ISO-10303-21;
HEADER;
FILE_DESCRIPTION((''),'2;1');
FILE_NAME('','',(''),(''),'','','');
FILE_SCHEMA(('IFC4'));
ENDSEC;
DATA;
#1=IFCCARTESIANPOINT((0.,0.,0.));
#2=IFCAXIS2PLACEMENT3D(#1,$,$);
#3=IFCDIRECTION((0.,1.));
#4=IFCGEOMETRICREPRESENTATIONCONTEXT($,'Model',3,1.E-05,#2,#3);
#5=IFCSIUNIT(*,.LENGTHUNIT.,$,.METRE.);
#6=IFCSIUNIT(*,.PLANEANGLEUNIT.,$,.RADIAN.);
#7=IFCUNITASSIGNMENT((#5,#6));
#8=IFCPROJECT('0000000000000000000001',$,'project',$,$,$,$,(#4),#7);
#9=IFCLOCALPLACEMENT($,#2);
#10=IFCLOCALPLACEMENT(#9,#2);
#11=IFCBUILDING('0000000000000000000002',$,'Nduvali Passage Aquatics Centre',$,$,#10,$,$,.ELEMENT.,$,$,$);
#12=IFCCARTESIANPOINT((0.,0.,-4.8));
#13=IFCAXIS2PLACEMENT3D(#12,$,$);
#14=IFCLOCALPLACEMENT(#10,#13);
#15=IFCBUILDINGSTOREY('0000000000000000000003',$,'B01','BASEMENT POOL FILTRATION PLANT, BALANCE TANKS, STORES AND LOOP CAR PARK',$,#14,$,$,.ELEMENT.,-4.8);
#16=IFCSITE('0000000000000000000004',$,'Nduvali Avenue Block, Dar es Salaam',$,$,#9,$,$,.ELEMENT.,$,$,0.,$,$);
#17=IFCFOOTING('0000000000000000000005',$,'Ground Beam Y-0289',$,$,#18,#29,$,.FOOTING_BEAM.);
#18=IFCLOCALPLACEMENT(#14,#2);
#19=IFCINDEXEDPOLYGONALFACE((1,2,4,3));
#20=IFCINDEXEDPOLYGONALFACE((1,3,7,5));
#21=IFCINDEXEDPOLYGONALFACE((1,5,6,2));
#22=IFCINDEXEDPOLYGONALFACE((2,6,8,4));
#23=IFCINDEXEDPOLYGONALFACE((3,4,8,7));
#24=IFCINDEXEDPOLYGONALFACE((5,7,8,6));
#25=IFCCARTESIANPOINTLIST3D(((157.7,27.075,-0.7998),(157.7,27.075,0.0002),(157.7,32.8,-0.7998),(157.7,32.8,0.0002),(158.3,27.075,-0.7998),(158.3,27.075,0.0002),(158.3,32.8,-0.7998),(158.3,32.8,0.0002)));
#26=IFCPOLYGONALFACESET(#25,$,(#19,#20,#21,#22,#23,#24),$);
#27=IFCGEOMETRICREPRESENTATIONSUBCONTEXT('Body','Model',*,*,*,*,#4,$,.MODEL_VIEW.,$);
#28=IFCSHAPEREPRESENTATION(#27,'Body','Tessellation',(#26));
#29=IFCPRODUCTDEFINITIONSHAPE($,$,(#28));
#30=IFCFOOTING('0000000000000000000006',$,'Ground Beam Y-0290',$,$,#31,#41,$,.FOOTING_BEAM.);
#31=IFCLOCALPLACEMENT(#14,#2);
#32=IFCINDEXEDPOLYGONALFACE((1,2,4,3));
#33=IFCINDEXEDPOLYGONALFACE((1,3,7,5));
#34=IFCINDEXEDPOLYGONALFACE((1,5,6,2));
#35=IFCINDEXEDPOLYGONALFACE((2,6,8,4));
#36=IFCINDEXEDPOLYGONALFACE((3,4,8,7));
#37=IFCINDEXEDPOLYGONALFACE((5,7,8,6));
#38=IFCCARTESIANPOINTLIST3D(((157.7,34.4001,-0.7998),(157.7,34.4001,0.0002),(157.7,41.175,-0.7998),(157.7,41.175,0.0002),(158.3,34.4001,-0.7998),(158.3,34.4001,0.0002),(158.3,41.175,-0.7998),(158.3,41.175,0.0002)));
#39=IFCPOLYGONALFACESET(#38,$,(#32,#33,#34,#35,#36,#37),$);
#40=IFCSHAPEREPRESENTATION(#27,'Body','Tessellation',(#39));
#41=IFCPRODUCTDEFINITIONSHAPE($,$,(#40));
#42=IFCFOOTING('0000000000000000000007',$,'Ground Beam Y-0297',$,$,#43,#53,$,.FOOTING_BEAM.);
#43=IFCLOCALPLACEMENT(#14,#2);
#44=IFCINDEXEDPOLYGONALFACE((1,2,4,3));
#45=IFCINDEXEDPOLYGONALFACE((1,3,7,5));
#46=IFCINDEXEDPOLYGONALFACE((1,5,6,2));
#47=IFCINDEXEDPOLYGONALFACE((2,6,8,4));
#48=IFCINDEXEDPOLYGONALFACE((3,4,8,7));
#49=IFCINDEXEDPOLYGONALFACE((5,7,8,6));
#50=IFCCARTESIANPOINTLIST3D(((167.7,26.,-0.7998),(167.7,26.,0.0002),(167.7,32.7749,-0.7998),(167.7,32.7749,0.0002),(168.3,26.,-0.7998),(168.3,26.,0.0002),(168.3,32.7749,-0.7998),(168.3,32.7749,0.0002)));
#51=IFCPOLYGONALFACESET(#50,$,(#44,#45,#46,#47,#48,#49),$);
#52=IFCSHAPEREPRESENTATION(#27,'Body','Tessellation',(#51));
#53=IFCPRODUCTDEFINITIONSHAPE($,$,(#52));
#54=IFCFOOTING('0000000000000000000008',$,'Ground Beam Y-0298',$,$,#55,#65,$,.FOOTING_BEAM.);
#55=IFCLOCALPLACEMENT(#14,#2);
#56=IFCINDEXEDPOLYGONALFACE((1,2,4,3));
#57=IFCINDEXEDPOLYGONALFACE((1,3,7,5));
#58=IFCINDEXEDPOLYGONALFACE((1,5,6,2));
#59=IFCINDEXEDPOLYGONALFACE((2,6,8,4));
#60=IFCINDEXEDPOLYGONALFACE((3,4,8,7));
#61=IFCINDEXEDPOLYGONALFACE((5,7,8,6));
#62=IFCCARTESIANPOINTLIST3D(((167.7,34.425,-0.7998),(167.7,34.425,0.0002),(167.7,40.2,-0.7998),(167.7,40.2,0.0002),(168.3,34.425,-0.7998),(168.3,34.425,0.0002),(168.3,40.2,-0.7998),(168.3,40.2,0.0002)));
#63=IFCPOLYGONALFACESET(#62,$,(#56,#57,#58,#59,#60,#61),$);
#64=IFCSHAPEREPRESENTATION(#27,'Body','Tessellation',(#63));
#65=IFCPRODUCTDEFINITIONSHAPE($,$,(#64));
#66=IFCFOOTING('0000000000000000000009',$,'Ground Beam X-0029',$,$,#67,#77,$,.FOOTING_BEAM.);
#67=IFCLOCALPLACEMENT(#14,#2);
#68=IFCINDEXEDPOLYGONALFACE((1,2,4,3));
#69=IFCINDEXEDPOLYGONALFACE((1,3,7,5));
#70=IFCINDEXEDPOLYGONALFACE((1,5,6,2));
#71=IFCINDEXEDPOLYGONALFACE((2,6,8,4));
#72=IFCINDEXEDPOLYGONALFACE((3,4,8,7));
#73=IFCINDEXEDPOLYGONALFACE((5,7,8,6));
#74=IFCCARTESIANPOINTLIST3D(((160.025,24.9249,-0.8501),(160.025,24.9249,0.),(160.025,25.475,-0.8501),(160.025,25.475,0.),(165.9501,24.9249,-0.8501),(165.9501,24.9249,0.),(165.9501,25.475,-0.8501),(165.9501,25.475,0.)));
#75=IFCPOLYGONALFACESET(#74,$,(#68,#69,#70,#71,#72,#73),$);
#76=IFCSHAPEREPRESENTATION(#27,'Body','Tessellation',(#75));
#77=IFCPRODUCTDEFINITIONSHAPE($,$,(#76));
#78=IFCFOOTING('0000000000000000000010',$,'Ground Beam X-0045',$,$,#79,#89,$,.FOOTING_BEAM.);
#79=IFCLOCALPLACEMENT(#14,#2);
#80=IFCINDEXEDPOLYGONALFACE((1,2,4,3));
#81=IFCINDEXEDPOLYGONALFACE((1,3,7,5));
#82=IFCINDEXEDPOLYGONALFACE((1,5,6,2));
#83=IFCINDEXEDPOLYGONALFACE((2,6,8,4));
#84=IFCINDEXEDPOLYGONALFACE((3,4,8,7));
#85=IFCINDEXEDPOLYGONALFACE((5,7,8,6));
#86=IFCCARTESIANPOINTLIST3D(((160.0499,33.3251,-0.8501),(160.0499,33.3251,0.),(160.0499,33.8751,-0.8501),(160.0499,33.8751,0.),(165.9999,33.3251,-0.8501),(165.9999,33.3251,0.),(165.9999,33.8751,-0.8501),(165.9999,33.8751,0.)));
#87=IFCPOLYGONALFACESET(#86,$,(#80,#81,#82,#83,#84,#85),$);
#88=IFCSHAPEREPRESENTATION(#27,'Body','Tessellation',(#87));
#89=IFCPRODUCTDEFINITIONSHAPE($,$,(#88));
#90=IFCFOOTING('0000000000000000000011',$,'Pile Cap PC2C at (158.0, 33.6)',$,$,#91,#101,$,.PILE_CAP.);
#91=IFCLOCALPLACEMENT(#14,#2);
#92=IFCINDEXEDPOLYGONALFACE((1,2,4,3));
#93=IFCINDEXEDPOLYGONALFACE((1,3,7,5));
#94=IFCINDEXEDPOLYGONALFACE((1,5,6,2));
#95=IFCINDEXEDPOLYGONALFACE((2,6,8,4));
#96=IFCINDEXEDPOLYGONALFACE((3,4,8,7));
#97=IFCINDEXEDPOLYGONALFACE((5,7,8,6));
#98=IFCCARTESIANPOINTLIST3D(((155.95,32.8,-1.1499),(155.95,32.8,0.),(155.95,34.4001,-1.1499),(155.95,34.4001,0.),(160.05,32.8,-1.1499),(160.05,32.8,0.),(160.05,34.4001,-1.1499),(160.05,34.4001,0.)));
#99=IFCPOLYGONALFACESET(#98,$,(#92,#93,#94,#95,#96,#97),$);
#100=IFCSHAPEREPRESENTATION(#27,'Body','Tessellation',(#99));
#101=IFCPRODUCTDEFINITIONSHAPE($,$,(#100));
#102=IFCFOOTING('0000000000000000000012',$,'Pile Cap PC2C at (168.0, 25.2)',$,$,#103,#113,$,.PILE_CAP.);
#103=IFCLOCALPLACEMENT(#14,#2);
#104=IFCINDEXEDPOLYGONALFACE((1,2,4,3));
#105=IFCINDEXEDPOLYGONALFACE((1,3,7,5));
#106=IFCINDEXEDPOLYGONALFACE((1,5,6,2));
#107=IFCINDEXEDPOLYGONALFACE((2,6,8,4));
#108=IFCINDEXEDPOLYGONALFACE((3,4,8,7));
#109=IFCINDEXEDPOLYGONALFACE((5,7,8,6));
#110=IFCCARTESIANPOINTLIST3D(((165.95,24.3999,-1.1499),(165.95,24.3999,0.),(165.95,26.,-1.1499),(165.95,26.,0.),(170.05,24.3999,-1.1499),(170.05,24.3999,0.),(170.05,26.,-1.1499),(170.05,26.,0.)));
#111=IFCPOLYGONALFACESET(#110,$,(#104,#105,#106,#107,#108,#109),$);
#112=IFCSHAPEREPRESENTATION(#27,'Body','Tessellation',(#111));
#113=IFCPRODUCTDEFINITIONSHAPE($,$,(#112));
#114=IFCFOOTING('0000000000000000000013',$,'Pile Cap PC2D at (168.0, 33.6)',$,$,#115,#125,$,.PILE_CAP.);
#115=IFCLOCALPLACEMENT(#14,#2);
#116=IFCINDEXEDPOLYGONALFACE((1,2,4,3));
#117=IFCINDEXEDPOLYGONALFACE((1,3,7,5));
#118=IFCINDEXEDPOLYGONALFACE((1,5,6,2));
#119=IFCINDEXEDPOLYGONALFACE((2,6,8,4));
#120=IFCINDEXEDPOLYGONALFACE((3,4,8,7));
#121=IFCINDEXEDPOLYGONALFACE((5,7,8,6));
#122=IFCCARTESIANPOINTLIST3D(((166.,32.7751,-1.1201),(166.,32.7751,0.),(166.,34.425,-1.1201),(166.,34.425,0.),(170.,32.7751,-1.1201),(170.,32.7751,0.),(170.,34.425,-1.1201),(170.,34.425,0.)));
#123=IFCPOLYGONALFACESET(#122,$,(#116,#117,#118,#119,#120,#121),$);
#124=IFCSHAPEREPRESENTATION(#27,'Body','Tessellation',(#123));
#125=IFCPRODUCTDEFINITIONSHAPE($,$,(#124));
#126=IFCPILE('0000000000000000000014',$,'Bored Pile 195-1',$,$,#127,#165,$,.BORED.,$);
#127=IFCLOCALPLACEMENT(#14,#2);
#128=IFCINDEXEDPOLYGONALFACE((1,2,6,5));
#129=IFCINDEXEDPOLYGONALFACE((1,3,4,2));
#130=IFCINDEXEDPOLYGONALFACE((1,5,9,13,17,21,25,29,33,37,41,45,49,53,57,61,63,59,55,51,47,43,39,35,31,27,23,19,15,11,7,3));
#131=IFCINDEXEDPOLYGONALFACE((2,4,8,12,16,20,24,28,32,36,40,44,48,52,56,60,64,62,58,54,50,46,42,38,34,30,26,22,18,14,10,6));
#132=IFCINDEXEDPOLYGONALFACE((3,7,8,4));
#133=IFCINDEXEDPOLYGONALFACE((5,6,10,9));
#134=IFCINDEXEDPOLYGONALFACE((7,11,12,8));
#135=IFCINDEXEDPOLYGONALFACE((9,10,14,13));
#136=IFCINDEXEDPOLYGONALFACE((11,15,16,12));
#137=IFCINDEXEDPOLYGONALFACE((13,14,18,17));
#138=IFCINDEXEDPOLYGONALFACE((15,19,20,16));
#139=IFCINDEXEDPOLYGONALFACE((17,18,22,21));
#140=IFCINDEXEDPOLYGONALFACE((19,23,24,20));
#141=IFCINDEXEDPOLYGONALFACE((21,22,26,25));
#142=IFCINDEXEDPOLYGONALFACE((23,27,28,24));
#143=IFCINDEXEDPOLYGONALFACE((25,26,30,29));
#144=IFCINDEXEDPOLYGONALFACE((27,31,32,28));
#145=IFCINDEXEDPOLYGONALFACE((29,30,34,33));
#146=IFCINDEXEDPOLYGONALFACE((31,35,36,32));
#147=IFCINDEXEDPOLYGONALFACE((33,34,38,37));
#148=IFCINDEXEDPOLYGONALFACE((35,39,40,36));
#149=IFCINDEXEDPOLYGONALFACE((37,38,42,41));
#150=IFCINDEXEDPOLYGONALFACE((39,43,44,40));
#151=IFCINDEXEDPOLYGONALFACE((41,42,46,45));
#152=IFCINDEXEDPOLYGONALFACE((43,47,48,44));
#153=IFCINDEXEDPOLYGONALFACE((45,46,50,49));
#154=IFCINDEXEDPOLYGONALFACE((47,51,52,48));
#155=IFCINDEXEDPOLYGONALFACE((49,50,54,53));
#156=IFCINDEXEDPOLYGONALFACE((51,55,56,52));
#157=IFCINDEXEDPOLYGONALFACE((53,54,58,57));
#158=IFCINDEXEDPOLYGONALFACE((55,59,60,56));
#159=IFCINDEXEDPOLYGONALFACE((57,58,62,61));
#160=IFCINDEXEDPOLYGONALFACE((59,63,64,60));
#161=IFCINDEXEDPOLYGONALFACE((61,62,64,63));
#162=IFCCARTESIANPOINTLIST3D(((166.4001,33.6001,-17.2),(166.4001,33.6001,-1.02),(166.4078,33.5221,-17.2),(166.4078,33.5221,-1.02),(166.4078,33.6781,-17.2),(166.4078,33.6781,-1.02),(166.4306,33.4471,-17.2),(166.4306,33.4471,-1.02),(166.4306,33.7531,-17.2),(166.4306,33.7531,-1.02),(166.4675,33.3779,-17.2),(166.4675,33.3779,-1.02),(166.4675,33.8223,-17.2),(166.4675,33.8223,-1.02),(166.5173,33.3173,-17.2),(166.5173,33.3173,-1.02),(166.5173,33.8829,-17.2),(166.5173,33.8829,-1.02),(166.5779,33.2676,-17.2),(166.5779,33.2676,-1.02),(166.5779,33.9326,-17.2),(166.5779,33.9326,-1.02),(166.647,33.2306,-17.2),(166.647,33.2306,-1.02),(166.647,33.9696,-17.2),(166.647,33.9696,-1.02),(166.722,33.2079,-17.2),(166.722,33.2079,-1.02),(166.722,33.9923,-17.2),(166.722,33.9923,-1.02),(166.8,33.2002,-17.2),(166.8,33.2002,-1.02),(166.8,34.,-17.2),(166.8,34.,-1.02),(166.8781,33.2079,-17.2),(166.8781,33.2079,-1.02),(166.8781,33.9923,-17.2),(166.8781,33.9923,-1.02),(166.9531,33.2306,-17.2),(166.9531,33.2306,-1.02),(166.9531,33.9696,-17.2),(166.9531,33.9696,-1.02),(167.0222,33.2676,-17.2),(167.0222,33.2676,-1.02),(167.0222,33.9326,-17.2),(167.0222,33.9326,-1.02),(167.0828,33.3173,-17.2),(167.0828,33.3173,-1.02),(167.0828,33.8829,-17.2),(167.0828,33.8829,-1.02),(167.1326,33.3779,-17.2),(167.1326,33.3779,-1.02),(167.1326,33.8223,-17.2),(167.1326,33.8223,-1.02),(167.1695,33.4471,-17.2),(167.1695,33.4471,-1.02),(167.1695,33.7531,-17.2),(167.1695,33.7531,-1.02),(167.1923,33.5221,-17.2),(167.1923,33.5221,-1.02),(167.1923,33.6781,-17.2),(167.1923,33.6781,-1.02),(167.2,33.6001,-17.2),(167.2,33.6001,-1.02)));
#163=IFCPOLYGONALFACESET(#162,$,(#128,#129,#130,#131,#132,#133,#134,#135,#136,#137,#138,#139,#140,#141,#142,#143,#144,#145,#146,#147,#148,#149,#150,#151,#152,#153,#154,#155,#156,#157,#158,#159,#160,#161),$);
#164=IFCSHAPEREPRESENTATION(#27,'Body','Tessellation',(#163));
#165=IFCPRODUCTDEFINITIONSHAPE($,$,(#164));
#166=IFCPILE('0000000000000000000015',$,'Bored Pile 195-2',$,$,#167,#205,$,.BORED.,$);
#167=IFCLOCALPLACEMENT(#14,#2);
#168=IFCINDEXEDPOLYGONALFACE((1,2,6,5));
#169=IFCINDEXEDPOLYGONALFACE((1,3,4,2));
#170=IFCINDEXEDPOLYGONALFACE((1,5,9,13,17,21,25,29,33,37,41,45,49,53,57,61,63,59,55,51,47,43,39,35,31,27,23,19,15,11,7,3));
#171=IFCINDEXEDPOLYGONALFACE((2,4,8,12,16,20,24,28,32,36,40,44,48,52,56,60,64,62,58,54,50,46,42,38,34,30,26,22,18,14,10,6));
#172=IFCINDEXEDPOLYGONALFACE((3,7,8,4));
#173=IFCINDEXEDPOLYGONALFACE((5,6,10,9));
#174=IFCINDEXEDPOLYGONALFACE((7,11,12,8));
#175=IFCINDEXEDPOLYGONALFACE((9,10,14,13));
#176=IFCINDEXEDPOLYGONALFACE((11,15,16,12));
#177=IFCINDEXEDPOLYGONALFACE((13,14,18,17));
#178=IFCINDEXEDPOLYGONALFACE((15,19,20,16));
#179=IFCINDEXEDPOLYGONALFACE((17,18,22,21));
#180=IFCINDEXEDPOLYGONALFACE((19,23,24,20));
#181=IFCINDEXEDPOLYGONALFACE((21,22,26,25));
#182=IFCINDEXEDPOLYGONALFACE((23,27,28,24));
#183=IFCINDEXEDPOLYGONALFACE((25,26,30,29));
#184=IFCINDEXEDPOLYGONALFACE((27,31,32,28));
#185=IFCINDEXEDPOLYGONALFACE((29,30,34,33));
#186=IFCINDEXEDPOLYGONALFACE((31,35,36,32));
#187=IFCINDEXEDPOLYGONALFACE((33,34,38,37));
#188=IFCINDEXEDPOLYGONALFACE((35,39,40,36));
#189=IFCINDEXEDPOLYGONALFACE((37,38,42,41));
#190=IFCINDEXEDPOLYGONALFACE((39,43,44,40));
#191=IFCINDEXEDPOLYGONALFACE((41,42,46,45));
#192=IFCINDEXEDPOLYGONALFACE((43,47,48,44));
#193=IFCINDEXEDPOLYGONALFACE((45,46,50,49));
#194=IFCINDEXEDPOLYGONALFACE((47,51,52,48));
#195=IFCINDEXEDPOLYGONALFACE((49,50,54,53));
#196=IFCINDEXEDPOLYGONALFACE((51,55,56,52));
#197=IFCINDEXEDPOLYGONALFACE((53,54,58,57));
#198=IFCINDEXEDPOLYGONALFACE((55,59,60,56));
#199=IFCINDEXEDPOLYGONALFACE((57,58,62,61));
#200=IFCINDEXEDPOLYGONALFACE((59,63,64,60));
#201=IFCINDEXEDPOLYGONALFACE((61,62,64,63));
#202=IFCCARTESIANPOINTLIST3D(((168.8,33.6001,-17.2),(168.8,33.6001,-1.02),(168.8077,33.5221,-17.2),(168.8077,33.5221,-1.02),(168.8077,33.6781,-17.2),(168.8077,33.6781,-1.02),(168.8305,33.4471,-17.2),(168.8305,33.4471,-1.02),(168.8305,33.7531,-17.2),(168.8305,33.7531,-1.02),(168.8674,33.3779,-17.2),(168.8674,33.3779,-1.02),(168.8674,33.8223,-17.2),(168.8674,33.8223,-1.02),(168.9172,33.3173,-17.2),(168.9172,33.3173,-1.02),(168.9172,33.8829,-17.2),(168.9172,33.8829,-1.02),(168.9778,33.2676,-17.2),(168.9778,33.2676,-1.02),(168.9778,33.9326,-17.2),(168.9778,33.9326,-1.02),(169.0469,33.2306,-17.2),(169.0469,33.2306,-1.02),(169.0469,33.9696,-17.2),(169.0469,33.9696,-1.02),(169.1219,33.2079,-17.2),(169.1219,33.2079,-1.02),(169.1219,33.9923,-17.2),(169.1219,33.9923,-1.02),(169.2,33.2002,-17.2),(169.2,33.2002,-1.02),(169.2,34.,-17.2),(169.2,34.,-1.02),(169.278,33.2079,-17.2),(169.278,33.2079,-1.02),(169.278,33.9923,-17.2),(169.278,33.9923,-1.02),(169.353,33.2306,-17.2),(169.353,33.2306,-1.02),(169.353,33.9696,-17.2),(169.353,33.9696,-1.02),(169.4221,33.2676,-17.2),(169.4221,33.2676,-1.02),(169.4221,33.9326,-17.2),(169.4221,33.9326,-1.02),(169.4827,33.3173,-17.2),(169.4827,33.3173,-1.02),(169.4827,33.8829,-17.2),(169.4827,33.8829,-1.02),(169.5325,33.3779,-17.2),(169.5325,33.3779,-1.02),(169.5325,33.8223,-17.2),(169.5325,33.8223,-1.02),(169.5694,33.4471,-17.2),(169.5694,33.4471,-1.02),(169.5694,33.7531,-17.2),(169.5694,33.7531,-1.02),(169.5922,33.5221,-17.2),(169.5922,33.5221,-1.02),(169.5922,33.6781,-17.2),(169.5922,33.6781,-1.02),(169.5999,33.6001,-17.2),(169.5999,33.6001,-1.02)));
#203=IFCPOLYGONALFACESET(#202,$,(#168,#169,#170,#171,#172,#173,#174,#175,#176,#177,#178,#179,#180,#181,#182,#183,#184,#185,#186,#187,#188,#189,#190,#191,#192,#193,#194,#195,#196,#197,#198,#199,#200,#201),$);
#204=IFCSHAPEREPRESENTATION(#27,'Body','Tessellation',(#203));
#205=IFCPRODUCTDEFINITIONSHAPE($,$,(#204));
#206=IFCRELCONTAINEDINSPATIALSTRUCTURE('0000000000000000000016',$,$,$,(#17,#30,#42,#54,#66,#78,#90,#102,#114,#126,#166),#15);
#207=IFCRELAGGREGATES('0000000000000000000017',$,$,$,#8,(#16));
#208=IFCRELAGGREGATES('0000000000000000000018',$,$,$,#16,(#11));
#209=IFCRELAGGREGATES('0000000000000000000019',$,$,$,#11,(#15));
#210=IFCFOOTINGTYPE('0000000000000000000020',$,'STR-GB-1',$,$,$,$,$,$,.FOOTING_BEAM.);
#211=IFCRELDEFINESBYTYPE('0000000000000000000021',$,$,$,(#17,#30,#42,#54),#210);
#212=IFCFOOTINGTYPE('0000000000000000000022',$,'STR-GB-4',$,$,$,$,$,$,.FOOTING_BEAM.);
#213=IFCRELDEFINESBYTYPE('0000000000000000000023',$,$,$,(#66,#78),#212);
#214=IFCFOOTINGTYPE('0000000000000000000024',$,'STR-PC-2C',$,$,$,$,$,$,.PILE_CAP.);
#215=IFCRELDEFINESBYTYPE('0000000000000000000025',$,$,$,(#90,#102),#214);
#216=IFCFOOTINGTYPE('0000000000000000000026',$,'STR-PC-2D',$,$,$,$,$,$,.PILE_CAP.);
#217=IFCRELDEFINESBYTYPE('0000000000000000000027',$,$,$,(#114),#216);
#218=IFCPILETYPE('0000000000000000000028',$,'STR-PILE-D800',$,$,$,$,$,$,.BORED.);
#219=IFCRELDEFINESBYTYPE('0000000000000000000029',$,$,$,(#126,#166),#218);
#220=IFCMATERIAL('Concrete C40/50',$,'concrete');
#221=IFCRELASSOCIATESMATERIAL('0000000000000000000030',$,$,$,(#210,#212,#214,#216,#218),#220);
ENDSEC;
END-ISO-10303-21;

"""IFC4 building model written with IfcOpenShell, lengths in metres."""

from ifc_helpers import new_model, si_unit, direction, frame, origin, origin_2d, place, context, subcontext, project, spatial, rectangle, circle, extrude, material, material_profile, profile_set, type_object, element, save


model = new_model("IFC4")

# Units and contexts
model_context = context("Model", 3, precision=1e-05, world=origin(), true_north=direction((0.0, 1.0)))
body_context = subcontext(model_context, "Body", "Model", "MODEL_VIEW")
ifc_project = project(units=[si_unit("LENGTHUNIT", "METRE"), si_unit("PLANEANGLEUNIT", "RADIAN")], contexts=[model_context])

# Site, building, storey
site_placement = place(None, origin())
site = spatial("IfcSite", under=ifc_project, at=site_placement, Name="Nduvali Avenue Block, Dar es Salaam", CompositionType="ELEMENT", RefElevation=0.0)
building_placement = place(site_placement, origin())
building = spatial("IfcBuilding", under=site, at=building_placement, Name="Nduvali Passage Aquatics Centre", CompositionType="ELEMENT")
storey_placement = place(building_placement, frame((0.0, 0.0, -4.8)))
storey = spatial("IfcBuildingStorey", under=building, at=storey_placement, Name="B01", Description="BASEMENT POOL FILTRATION PLANT, BALANCE TANKS, STORES AND LOOP CAR PARK", CompositionType="ELEMENT", Elevation=-4.8)

# Footings
ifc_material = material(Name="Concrete C40/50", Category="concrete")
footing_type_1 = type_object("IfcFootingType", Name="STR-GB-1", PredefinedType="FOOTING_BEAM", material=ifc_material)
footing_1_placement = place(storey_placement, frame((158.0, 29.9375, -0.7998), z_axis=(0.0, 0.0, 1.0), x_axis=(0.0, 1.0, 0.0)))
element("IfcFooting", 1, at=footing_1_placement, inside=storey, type_object=footing_type_1, Name="Ground Beam Y-0289", PredefinedType="FOOTING_BEAM", context=body_context, shape_type="SweptSolid", body=[
    extrude(rectangle(XDim=5.7251, YDim=0.6001, at=origin_2d()), origin(), (0.0, 0.0, 1.0), 0.8),
])
for number, where, z_axis, x_axis, name in (
    (2, (158.0, 37.7876, -0.7998), (0.0, 0.0, 1.0), (0.0, 1.0, 0.0), "Ground Beam Y-0290"),
    (3, (168.0, 29.3875, -0.7998), (0.0, 0.0, 1.0), (0.0, 1.0, 0.0), "Ground Beam Y-0297"),
):
    element("IfcFooting", number, at=place(storey_placement, frame(where, z_axis=z_axis, x_axis=x_axis)), inside=storey, type_object=footing_type_1, Name=name, PredefinedType="FOOTING_BEAM", context=body_context, shape_type="SweptSolid", body=[
        extrude(rectangle(XDim=6.7749, YDim=0.6001, at=origin_2d()), origin(), (0.0, 0.0, 1.0), 0.8),
    ])
footing_2_placement = place(storey_placement, frame((168.0, 37.3125, -0.7998), z_axis=(0.0, 0.0, 1.0), x_axis=(0.0, 1.0, 0.0)))
element("IfcFooting", 4, at=footing_2_placement, inside=storey, type_object=footing_type_1, Name="Ground Beam Y-0298", PredefinedType="FOOTING_BEAM", context=body_context, shape_type="SweptSolid", body=[
    extrude(rectangle(XDim=5.7749, YDim=0.6001, at=origin_2d()), origin(), (0.0, 0.0, 1.0), 0.8),
])
footing_type_2 = type_object("IfcFootingType", Name="STR-GB-4", PredefinedType="FOOTING_BEAM", material=ifc_material)
footing_3_placement = place(storey_placement, frame((162.9875, 25.2, -0.8501), z_axis=(0.0, 0.0, 1.0), x_axis=(1.0, 0.0, 0.0)))
element("IfcFooting", 5, at=footing_3_placement, inside=storey, type_object=footing_type_2, Name="Ground Beam X-0029", PredefinedType="FOOTING_BEAM", context=body_context, shape_type="SweptSolid", body=[
    extrude(rectangle(XDim=5.925, YDim=0.55, at=origin_2d()), origin(), (0.0, 0.0, 1.0), 0.8501),
])
footing_4_placement = place(storey_placement, frame((163.0249, 33.6001, -0.8501), z_axis=(0.0, 0.0, 1.0), x_axis=(1.0, 0.0, 0.0)))
element("IfcFooting", 6, at=footing_4_placement, inside=storey, type_object=footing_type_2, Name="Ground Beam X-0045", PredefinedType="FOOTING_BEAM", context=body_context, shape_type="SweptSolid", body=[
    extrude(rectangle(XDim=5.95, YDim=0.55, at=origin_2d()), origin(), (0.0, 0.0, 1.0), 0.8501),
])
footing_type_3 = type_object("IfcFootingType", Name="STR-PC-2C", PredefinedType="PILE_CAP", material=ifc_material)
for number, where, z_axis, x_axis, name in (
    (7, (158.0, 33.6001, -1.1499), (0.0, 0.0, 1.0), (1.0, 0.0, 0.0), "Pile Cap PC2C at (158.0, 33.6)"),
    (8, (168.0, 25.2, -1.1499), (0.0, 0.0, 1.0), (1.0, 0.0, 0.0), "Pile Cap PC2C at (168.0, 25.2)"),
):
    element("IfcFooting", number, at=place(storey_placement, frame(where, z_axis=z_axis, x_axis=x_axis)), inside=storey, type_object=footing_type_3, Name=name, PredefinedType="PILE_CAP", context=body_context, shape_type="SweptSolid", body=[
        extrude(rectangle(XDim=4.1001, YDim=1.6001, at=origin_2d()), origin(), (0.0, 0.0, 1.0), 1.1499),
    ])
footing_type_4 = type_object("IfcFootingType", Name="STR-PC-2D", PredefinedType="PILE_CAP", material=ifc_material)
footing_5_placement = place(storey_placement, frame((168.0, 33.6001, -1.1201), z_axis=(0.0, 0.0, 1.0), x_axis=(1.0, 0.0, 0.0)))
element("IfcFooting", 9, at=footing_5_placement, inside=storey, type_object=footing_type_4, Name="Pile Cap PC2D at (168.0, 33.6)", PredefinedType="PILE_CAP", context=body_context, shape_type="SweptSolid", body=[
    extrude(rectangle(XDim=4.0, YDim=1.6499, at=origin_2d()), origin(), (0.0, 0.0, 1.0), 1.1201),
])

# Piles
ifc_material_profile_1 = material_profile(ifc_material, circle(Radius=0.3999, at=origin_2d()), Name="PILE D800")
ifc_profile_set_1 = profile_set([ifc_material_profile_1], Name="Concrete C40/50")
pile_type_1 = type_object("IfcPileType", Name="STR-PILE-D800", PredefinedType="BORED", material=ifc_profile_set_1)
for number, where, z_axis, x_axis, name in (
    (10, (166.8, 33.6001, -1.02), (0.0, 0.0, -1.0), (1.0, 0.0, 0.0), "Bored Pile 195-1"),
    (11, (169.2, 33.6001, -1.02), (0.0, 0.0, -1.0), (1.0, 0.0, 0.0), "Bored Pile 195-2"),
):
    element("IfcPile", number, at=place(storey_placement, frame(where, z_axis=z_axis, x_axis=x_axis)), inside=storey, type_object=pile_type_1, Name=name, PredefinedType="BORED", context=body_context, shape_type="SweptSolid", body=[
        extrude(circle(Radius=0.3999, at=origin_2d()), origin(), (0.0, 0.0, 1.0), 16.1799),
    ])

save(model, "model.ifc")
